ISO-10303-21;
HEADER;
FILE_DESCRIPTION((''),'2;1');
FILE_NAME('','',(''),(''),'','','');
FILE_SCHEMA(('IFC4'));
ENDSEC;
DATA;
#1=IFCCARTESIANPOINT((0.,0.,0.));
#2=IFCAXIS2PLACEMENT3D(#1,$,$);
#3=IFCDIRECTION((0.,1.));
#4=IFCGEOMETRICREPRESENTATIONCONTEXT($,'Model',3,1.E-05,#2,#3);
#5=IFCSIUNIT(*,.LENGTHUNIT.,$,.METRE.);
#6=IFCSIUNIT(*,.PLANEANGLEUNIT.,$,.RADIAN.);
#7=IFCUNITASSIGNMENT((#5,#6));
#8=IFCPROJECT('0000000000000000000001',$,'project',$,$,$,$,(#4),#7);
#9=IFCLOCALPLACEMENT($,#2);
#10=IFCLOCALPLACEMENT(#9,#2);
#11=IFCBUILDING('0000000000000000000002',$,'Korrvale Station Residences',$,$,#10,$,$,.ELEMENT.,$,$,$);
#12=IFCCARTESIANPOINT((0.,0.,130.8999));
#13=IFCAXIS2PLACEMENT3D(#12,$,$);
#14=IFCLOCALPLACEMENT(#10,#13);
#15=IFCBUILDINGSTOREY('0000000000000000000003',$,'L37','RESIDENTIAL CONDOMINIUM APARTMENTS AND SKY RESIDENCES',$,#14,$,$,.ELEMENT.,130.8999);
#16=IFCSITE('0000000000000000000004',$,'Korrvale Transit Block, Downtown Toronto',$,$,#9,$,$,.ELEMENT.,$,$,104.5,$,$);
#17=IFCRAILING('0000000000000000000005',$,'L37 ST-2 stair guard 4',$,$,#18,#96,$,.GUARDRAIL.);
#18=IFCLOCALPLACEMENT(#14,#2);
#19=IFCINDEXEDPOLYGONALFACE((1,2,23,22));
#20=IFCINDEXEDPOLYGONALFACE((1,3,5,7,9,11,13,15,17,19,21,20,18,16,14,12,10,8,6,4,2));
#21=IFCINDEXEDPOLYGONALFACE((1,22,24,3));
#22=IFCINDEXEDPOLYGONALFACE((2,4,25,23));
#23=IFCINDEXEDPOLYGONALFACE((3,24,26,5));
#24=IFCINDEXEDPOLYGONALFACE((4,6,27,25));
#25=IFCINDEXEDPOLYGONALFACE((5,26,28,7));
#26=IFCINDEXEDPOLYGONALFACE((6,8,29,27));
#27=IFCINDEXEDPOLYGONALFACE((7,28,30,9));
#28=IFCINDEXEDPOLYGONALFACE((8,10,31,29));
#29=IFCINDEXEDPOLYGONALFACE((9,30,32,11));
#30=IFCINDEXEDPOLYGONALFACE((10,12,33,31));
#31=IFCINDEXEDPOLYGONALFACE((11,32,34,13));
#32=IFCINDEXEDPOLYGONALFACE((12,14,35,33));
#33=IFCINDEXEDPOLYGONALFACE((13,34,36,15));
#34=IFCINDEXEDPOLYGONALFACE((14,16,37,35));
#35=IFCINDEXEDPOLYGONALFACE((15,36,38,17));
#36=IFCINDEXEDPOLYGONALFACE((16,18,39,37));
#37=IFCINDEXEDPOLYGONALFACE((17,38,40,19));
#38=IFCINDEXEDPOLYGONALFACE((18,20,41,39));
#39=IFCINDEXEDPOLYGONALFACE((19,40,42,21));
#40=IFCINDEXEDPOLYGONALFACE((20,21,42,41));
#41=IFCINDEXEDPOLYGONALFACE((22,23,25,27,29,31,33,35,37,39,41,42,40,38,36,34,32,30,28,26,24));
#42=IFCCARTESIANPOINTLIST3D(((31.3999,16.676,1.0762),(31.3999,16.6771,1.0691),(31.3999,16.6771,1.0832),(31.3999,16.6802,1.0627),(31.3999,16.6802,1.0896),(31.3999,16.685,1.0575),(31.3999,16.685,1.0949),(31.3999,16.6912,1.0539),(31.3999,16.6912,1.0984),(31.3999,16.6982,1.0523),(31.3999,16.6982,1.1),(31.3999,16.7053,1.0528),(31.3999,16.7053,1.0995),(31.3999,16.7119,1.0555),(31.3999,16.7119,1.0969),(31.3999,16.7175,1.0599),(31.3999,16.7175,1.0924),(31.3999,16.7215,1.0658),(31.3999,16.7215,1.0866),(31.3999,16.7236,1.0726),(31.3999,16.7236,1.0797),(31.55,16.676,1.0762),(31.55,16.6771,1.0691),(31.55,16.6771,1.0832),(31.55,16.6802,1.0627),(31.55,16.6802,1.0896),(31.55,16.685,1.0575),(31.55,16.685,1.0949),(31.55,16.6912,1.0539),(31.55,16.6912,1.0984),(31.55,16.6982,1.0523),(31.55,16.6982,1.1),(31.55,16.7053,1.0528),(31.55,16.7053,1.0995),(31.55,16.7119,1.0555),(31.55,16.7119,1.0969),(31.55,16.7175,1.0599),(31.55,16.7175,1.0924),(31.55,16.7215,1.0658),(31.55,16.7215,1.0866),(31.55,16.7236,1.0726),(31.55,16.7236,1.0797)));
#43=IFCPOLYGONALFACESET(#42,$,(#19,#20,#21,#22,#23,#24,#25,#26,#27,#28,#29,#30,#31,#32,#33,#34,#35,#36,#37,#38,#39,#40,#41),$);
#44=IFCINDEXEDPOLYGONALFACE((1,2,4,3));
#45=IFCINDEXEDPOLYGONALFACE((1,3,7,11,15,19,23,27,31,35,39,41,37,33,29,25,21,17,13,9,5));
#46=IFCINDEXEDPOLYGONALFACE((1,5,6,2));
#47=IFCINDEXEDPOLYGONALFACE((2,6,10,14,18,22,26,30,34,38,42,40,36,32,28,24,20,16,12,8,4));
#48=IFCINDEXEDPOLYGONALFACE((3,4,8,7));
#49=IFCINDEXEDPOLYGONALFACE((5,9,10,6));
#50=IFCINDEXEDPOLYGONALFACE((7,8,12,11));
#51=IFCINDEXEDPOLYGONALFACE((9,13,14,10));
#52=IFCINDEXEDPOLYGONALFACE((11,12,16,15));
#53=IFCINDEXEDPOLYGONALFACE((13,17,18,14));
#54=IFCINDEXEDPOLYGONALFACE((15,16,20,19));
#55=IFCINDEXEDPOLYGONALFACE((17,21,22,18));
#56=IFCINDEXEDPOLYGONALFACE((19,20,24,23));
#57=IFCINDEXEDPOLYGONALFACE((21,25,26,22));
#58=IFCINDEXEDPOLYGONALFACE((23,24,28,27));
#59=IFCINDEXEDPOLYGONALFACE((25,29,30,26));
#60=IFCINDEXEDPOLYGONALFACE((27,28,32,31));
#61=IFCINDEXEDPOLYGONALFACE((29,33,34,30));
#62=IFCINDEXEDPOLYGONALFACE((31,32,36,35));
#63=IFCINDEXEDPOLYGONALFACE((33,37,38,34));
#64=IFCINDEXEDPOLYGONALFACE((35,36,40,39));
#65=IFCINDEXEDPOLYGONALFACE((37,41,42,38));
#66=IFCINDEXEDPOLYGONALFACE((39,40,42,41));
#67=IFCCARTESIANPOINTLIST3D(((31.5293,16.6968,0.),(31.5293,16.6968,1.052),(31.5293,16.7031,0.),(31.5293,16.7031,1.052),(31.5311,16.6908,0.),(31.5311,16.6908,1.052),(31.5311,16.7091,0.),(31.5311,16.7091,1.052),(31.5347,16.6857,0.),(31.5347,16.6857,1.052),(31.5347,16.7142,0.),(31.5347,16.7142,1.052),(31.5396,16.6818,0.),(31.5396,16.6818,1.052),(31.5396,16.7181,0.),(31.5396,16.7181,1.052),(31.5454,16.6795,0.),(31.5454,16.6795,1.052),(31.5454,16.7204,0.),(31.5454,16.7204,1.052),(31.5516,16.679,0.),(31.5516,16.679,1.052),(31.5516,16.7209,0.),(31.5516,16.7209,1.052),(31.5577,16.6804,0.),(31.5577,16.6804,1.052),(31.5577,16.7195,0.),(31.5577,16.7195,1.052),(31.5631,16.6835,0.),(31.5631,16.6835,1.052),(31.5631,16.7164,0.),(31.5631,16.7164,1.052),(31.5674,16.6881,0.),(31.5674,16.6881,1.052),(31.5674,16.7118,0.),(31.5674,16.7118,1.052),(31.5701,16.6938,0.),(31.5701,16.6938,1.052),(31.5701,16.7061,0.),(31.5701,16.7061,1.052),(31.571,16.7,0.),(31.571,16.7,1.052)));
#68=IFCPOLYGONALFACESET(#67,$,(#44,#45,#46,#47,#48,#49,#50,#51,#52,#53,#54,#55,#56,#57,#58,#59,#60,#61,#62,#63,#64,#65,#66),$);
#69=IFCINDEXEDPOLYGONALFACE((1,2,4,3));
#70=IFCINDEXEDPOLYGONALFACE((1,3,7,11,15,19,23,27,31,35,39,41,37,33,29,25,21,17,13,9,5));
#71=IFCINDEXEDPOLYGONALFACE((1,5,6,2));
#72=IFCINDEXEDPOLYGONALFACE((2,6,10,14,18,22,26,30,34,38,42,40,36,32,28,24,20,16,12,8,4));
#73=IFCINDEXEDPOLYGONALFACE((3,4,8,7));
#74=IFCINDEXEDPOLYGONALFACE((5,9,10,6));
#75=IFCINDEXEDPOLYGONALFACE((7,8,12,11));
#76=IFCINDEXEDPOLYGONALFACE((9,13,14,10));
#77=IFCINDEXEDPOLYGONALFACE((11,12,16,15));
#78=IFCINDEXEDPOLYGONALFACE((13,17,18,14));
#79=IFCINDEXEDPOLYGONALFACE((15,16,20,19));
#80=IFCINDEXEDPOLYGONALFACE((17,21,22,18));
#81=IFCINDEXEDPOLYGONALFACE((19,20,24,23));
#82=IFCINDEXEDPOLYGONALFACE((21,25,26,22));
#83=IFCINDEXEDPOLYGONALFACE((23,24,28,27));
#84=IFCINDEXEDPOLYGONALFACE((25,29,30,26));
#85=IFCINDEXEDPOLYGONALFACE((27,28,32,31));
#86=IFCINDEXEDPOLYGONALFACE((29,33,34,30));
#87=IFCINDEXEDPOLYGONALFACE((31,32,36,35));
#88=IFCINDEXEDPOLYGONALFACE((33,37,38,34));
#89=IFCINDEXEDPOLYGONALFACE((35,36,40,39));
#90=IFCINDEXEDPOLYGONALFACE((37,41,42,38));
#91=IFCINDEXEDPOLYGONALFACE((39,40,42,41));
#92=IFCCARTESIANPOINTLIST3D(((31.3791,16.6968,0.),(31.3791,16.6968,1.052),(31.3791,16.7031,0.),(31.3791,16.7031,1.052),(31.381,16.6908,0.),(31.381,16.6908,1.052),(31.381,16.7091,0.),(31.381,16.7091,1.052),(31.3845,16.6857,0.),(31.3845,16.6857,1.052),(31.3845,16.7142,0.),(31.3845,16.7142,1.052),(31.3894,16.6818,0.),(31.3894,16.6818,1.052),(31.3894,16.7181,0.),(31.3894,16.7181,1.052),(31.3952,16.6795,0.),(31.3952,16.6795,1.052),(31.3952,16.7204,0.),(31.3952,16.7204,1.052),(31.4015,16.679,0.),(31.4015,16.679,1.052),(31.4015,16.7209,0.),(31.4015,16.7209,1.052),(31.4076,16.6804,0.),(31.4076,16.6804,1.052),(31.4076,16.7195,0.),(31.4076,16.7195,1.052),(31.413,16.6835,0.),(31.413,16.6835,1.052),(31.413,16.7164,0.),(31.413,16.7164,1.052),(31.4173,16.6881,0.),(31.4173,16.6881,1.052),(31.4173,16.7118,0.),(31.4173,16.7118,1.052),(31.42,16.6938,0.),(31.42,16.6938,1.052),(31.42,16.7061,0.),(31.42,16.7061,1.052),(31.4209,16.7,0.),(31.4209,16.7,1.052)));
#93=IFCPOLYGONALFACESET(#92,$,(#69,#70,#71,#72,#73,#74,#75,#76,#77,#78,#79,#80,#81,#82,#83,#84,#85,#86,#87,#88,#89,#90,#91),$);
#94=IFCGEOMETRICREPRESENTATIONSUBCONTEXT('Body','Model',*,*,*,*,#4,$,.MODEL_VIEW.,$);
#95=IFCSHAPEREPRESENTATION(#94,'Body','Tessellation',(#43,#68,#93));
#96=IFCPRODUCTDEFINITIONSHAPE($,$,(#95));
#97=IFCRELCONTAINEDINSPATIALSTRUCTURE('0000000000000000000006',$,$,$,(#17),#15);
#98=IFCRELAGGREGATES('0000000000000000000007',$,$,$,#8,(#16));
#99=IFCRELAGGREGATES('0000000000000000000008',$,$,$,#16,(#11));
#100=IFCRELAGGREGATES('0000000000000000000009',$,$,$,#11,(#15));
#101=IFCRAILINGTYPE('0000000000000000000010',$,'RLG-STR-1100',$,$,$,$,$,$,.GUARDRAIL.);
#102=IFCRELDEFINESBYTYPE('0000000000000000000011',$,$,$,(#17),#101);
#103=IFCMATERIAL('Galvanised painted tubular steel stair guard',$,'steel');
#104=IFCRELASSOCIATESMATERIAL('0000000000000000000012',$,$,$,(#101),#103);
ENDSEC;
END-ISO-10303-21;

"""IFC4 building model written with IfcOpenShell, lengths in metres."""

from ifc_helpers import new_model, si_unit, direction, frame, origin, origin_2d, place, context, subcontext, project, spatial, circle, extrude, material, type_object, element, save


model = new_model("IFC4")

# Units and contexts
model_context = context("Model", 3, precision=1e-05, world=origin(), true_north=direction((0.0, 1.0)))
body_context = subcontext(model_context, "Body", "Model", "MODEL_VIEW")
ifc_project = project(units=[si_unit("LENGTHUNIT", "METRE"), si_unit("PLANEANGLEUNIT", "RADIAN")], contexts=[model_context])

# Site, building, storey
site_placement = place(None, origin())
site = spatial("IfcSite", under=ifc_project, at=site_placement, Name="Korrvale Transit Block, Downtown Toronto", CompositionType="ELEMENT", RefElevation=104.5)
building_placement = place(site_placement, origin())
building = spatial("IfcBuilding", under=site, at=building_placement, Name="Korrvale Station Residences", CompositionType="ELEMENT")
storey_placement = place(building_placement, frame((0.0, 0.0, 130.8999)))
storey = spatial("IfcBuildingStorey", under=building, at=storey_placement, Name="L37", Description="RESIDENTIAL CONDOMINIUM APARTMENTS AND SKY RESIDENCES", CompositionType="ELEMENT", Elevation=130.8999)

# Railing
ifc_material_1 = material(Name="Galvanised painted tubular steel stair guard", Category="steel")
railing_type_1 = type_object("IfcRailingType", Name="RLG-STR-1100", PredefinedType="GUARDRAIL", material=ifc_material_1)
railing_1_placement = place(storey_placement, frame((31.55, 16.7, 0.0)))
element("IfcRailing", 1, at=railing_1_placement, inside=storey, type_object=railing_type_1, Name="L37 ST-2 stair guard 4", PredefinedType="GUARDRAIL", context=body_context, shape_type="SweptSolid", body=[
    extrude(circle(Radius=0.0239, at=origin_2d()), frame((0.0, 0.0, 1.0762), z_axis=(-1.0, 0.0, 0.0), x_axis=(0.0, -1.0, 0.0)), (0.0, 0.0, 1.0), 0.1501),
    extrude(circle(Radius=0.021, at=origin_2d()), origin(), (0.0, 0.0, 1.0), 1.052),
    extrude(circle(Radius=0.021, at=origin_2d()), frame((-0.1501, 0.0, 0.0)), (0.0, 0.0, 1.0), 1.052),
])

save(model, "model.ifc")
